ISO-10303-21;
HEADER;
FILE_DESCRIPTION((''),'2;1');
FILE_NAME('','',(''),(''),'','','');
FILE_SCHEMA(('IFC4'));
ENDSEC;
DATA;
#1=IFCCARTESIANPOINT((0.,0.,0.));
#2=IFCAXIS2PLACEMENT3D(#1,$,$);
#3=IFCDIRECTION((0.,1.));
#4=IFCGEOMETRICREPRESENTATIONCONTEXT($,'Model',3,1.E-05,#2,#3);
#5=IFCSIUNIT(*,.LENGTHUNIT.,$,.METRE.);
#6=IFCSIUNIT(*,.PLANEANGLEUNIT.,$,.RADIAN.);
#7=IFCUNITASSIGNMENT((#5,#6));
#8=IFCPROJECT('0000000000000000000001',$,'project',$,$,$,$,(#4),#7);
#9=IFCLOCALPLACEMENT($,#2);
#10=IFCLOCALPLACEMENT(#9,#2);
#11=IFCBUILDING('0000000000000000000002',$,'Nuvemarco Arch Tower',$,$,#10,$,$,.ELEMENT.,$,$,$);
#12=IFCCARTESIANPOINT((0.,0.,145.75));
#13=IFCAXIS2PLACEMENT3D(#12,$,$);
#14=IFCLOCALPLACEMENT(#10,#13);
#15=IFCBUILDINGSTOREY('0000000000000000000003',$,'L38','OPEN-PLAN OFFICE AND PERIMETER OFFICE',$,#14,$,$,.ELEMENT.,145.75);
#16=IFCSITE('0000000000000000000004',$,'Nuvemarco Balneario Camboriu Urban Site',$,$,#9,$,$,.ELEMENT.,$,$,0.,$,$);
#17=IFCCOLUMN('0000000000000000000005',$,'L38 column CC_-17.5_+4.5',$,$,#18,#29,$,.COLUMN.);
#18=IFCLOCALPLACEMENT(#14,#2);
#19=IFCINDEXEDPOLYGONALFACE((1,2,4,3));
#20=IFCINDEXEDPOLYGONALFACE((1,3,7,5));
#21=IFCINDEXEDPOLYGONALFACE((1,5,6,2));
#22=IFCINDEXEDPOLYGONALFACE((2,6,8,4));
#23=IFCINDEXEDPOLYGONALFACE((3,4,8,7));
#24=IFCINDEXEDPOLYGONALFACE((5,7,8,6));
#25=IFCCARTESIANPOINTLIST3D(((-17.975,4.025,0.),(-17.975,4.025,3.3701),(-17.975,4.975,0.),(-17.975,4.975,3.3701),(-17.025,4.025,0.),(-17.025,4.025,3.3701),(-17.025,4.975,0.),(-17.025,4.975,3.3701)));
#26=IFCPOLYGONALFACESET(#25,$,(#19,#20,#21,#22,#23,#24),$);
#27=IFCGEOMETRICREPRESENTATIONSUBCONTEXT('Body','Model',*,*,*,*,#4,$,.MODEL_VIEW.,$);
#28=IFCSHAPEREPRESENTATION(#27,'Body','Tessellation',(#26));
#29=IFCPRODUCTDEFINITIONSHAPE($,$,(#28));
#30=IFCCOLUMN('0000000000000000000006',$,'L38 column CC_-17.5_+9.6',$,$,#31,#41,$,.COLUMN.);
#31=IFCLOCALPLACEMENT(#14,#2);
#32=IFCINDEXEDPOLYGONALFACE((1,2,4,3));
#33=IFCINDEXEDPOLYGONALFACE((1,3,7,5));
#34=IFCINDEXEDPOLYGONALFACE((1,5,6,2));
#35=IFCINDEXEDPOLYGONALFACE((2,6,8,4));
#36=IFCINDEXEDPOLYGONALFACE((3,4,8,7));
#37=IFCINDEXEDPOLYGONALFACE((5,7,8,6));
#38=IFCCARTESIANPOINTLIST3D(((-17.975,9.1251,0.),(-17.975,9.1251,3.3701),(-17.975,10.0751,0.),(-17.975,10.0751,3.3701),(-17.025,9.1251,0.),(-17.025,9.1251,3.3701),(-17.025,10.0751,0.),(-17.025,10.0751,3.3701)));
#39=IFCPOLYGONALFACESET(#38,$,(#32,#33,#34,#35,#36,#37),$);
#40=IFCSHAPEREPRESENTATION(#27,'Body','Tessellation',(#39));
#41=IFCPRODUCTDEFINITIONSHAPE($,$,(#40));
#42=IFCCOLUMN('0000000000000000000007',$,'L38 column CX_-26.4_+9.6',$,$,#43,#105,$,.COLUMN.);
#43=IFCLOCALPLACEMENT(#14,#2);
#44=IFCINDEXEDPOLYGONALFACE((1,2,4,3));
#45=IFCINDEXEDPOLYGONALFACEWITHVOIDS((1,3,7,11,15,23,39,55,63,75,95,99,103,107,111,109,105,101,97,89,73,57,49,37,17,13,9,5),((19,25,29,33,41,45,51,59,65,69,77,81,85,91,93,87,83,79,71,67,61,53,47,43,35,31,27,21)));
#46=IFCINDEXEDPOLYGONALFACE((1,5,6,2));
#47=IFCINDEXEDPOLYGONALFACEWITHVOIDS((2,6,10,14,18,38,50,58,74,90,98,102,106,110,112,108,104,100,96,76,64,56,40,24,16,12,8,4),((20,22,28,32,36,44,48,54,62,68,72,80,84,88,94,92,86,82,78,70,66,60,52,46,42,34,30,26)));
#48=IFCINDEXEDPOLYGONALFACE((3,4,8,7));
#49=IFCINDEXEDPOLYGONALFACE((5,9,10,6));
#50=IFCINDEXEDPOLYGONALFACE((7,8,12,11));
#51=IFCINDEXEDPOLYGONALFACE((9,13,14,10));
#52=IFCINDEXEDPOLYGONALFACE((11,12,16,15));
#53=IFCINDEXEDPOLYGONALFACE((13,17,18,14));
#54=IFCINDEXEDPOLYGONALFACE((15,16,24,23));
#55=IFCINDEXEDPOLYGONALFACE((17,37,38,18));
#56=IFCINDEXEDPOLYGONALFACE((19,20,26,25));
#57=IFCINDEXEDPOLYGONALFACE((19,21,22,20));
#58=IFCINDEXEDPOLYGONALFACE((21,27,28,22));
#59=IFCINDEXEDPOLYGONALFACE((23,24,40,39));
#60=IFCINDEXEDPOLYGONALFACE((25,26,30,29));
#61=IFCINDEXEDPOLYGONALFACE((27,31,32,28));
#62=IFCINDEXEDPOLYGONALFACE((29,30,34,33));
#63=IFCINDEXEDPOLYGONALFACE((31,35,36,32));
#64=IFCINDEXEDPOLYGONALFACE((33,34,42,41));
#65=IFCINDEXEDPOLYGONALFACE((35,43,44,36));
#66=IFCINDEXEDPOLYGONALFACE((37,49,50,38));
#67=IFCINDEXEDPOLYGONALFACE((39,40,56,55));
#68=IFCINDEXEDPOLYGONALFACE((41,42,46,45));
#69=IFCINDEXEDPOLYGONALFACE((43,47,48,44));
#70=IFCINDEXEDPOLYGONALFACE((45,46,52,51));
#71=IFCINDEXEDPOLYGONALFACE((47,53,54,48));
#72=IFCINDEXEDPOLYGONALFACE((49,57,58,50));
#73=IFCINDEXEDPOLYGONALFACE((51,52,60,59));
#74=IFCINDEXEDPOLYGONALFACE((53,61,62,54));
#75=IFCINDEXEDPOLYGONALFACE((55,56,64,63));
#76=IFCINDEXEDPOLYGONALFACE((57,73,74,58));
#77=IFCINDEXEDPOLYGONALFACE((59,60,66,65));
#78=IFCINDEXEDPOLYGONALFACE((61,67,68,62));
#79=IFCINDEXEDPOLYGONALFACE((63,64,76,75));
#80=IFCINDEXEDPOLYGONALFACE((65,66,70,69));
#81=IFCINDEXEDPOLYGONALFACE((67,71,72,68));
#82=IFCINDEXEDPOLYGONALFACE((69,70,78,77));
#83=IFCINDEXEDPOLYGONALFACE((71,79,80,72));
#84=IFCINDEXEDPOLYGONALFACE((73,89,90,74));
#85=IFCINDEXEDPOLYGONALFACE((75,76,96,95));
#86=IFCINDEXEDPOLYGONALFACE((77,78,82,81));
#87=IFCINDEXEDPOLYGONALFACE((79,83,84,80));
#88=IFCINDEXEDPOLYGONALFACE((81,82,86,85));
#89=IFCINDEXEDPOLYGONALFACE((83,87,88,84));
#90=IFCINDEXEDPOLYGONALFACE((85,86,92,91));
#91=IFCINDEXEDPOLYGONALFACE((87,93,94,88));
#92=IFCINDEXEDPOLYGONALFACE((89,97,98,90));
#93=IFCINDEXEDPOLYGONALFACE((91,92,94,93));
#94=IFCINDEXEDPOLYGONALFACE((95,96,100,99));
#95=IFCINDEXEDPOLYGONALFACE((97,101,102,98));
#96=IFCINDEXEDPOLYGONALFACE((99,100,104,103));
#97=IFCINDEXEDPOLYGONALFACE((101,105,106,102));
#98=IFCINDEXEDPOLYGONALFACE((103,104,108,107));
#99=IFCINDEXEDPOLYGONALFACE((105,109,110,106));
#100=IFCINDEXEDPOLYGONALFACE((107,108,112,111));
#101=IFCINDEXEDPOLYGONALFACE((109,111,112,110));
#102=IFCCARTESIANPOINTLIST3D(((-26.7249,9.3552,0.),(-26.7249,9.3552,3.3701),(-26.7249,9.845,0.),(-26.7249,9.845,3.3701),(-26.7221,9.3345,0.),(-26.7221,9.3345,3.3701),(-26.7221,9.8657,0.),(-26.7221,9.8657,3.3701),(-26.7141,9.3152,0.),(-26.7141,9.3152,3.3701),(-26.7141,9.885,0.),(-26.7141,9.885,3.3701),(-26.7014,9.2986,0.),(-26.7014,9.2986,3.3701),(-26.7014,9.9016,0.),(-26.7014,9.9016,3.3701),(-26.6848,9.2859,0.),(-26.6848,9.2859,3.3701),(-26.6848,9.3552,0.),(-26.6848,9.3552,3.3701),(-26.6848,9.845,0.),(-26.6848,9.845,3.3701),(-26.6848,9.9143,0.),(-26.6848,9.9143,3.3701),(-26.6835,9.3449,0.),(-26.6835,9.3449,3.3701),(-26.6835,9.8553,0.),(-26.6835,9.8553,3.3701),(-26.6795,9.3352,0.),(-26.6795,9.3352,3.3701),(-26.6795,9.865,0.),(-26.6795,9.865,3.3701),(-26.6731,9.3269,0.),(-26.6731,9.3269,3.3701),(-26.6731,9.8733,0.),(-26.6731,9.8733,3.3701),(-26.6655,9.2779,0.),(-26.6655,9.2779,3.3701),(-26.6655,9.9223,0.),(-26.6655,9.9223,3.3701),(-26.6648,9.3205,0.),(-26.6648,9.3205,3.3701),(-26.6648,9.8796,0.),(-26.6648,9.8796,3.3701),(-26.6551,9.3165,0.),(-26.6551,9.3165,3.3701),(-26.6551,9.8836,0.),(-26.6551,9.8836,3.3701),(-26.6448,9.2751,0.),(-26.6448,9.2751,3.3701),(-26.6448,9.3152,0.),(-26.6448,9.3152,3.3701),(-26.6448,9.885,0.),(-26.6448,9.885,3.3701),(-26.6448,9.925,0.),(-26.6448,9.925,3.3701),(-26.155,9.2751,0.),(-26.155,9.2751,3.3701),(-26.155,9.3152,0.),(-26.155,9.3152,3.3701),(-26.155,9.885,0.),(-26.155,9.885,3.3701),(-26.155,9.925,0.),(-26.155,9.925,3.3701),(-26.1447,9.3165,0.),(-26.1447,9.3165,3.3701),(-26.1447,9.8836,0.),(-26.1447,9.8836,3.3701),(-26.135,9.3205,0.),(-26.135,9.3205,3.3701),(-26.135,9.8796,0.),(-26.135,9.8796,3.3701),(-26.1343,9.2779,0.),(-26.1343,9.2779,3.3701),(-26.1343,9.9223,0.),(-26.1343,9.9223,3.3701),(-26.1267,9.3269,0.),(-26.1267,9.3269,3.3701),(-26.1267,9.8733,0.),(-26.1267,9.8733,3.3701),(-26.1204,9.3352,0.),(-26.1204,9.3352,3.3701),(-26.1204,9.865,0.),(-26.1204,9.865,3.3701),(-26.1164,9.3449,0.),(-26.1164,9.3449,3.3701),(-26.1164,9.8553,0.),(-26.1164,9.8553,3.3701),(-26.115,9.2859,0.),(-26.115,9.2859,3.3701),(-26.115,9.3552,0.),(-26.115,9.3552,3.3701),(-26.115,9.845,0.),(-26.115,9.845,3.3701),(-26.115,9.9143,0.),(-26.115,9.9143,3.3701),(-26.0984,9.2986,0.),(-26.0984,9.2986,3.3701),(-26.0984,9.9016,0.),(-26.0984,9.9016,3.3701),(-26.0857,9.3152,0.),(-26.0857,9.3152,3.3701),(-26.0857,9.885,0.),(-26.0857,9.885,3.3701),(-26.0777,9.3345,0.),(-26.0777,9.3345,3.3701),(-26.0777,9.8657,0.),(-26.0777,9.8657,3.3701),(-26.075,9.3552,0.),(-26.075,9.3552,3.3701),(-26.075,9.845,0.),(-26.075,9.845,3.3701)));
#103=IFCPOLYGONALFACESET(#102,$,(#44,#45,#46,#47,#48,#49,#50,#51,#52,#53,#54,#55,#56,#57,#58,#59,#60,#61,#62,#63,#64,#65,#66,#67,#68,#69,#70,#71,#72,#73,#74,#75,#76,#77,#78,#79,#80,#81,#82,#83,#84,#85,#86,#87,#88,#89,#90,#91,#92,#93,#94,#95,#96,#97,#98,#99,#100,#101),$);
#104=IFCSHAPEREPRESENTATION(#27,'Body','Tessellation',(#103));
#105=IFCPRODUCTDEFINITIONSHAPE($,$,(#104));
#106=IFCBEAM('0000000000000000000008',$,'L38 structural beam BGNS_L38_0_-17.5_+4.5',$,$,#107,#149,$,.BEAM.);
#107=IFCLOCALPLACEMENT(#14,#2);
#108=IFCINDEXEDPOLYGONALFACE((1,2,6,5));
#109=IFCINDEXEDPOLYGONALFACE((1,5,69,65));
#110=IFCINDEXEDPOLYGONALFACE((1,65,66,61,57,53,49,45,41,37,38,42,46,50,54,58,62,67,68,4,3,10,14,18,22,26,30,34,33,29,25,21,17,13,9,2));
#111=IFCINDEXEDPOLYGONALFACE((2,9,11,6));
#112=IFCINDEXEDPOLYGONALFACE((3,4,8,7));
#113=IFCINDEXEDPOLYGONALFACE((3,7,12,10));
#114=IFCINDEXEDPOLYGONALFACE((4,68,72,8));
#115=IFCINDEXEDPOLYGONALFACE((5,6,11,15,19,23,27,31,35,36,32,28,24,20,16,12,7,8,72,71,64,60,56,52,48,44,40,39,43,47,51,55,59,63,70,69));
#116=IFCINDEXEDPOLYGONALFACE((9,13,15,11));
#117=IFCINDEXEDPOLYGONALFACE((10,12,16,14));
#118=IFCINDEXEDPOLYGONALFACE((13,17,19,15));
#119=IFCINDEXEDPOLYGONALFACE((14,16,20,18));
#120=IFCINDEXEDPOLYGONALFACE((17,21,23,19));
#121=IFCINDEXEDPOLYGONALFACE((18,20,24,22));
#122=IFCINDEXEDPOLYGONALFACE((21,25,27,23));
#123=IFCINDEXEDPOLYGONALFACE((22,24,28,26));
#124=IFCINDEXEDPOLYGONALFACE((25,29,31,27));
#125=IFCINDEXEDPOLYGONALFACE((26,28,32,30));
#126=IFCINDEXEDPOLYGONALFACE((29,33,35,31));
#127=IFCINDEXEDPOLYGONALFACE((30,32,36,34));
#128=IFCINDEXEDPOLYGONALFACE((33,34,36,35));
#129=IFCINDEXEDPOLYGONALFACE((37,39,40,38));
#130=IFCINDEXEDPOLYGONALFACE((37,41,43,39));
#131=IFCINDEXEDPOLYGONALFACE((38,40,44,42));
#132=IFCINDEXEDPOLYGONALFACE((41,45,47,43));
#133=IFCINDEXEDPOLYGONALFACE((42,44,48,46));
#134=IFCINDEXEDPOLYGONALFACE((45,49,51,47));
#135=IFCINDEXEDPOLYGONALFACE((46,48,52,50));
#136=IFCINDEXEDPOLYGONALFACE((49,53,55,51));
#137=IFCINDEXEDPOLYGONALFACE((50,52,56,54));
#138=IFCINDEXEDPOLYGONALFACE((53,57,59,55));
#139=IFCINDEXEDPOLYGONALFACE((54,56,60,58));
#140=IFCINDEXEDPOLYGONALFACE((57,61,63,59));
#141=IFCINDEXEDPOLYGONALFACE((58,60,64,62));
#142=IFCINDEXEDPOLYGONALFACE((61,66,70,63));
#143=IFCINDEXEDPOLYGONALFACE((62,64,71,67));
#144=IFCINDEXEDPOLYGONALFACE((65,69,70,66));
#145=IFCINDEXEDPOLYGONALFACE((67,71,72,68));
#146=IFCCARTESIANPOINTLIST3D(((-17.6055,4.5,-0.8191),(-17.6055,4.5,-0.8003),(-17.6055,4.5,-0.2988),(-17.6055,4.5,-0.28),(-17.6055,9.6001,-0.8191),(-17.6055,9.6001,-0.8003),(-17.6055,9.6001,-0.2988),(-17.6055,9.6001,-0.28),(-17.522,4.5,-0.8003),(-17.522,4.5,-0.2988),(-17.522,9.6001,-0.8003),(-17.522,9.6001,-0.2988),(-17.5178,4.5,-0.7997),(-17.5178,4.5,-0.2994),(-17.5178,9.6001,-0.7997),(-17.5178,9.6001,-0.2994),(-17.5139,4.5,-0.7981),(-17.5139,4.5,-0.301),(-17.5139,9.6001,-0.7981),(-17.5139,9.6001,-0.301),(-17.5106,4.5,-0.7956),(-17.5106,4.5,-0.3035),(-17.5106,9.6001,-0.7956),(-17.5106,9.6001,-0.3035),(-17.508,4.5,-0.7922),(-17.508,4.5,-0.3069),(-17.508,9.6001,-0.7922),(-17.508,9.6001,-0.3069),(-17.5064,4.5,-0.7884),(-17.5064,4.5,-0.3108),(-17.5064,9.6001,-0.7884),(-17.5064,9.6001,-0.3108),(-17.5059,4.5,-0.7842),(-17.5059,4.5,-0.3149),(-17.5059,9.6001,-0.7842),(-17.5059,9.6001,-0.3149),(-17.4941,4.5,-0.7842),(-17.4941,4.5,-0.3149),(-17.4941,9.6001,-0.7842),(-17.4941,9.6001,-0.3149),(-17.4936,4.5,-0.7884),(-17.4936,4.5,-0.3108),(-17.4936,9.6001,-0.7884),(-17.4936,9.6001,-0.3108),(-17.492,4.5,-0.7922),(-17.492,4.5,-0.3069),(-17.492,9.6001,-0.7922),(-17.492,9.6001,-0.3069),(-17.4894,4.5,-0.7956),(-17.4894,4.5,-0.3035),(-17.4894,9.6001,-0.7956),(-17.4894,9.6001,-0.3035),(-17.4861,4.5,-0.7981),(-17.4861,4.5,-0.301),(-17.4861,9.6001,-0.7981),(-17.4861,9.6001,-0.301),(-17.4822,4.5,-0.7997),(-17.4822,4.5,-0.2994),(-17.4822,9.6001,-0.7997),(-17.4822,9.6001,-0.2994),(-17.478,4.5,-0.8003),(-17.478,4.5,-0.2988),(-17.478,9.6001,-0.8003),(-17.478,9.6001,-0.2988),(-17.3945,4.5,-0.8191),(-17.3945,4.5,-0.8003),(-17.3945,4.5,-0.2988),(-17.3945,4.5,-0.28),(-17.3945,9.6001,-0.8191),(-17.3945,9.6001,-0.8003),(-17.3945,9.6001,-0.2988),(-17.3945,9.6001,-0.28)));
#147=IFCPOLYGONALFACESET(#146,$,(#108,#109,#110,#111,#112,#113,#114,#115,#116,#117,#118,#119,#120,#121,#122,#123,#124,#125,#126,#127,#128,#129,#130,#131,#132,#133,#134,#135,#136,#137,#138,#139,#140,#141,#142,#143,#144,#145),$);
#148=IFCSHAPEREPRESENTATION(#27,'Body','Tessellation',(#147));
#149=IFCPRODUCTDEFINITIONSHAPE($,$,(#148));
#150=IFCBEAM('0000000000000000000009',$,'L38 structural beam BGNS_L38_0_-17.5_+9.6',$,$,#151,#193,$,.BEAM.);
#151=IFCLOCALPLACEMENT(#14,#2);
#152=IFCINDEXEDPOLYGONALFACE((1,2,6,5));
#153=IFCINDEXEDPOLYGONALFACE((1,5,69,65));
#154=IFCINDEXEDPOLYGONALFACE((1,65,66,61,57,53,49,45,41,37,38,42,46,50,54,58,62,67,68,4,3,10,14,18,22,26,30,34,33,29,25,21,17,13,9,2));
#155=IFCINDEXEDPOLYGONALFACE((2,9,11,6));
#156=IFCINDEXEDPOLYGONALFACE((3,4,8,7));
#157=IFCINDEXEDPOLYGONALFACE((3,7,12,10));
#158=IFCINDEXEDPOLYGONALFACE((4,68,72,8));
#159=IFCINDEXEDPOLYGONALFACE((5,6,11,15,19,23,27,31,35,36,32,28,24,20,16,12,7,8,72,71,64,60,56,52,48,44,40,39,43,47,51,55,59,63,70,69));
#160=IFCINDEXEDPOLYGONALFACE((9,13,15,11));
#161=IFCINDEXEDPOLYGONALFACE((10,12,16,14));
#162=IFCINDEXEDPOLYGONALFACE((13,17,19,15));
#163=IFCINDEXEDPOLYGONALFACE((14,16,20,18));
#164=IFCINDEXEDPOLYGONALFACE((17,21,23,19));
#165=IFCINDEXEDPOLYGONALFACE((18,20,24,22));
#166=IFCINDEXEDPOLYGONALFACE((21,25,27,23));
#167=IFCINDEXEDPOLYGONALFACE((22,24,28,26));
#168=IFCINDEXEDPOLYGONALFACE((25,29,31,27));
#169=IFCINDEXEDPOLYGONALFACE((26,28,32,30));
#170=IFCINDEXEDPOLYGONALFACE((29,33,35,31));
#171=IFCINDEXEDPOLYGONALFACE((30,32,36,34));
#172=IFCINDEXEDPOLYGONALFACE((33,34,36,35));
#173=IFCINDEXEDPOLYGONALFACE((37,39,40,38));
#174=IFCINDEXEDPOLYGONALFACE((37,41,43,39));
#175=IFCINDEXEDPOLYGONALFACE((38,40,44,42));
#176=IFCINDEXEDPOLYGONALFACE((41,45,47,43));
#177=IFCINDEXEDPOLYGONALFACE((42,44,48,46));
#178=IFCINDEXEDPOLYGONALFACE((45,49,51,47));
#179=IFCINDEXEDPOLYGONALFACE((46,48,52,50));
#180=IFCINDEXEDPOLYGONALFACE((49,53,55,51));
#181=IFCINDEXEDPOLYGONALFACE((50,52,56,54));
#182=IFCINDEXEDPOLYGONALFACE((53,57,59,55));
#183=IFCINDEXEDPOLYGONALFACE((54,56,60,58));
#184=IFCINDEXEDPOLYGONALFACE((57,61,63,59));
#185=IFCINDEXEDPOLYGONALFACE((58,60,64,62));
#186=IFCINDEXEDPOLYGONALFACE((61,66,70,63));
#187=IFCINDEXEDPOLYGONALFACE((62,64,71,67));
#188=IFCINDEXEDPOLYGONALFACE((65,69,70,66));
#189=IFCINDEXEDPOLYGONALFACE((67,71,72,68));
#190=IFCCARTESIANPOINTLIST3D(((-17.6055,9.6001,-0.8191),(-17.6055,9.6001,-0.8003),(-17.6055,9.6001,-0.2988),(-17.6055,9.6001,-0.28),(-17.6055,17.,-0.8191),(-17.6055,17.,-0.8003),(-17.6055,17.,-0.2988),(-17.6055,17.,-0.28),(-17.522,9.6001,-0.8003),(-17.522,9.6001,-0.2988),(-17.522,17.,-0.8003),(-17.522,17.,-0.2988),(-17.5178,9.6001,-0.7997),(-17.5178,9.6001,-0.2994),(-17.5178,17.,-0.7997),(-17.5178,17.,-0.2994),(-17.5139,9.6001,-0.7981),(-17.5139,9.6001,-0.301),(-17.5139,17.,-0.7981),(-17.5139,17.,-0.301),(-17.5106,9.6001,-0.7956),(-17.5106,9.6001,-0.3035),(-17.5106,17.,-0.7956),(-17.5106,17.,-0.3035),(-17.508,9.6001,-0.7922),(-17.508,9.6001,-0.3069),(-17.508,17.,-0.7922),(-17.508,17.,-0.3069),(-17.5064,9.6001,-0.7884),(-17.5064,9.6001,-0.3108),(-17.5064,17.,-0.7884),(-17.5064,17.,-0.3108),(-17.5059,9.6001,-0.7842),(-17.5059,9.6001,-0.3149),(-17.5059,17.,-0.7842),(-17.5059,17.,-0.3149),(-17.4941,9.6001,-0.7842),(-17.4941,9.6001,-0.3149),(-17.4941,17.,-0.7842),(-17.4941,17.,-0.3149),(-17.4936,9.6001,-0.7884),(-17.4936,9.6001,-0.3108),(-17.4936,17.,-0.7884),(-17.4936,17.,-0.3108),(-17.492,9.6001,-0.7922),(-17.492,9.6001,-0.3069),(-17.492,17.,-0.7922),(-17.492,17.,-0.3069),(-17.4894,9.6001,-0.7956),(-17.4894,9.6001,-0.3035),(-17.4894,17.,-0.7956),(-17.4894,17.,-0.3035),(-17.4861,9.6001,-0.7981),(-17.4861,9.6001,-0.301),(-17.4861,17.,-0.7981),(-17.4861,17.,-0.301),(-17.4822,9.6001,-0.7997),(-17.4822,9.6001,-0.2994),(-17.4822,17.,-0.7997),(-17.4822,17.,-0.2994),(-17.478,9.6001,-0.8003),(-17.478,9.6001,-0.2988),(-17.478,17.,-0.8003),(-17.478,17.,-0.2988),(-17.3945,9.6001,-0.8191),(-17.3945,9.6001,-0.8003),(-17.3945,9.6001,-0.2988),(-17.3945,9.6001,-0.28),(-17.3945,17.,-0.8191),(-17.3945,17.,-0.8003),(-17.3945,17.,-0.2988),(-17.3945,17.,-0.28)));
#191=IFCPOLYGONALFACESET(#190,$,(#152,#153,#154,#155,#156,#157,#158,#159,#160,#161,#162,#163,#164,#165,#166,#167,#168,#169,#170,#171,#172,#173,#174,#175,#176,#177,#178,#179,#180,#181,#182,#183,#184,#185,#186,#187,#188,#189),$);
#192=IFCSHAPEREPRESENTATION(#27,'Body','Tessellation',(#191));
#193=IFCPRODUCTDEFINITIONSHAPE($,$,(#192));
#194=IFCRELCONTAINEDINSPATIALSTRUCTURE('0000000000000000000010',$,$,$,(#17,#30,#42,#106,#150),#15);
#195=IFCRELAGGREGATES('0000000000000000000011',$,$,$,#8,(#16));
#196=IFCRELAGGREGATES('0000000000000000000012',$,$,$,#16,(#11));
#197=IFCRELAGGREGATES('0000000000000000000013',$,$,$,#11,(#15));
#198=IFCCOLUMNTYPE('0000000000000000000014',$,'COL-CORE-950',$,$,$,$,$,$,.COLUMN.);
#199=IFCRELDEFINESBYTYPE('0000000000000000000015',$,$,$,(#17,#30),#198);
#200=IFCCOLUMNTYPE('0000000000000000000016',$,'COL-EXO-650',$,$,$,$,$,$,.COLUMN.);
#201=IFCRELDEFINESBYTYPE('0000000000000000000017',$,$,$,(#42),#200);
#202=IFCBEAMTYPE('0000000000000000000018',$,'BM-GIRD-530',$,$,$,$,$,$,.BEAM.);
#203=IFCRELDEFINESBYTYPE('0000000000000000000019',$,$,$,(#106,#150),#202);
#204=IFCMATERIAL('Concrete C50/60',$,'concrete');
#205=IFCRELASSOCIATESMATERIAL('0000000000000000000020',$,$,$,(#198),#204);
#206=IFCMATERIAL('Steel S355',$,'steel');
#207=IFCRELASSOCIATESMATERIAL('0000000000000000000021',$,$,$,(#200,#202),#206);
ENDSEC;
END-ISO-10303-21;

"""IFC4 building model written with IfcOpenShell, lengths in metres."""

from ifc_helpers import new_model, si_unit, direction, frame, origin, origin_2d, place, context, subcontext, project, spatial, rectangle, hollow_rectangle, i_section, extrude, material, material_profile, profile_set, type_object, element, save


model = new_model("IFC4")

# Units and contexts
model_context = context("Model", 3, precision=1e-05, world=origin(), true_north=direction((0.0, 1.0)))
body_context = subcontext(model_context, "Body", "Model", "MODEL_VIEW")
ifc_project = project(units=[si_unit("LENGTHUNIT", "METRE"), si_unit("PLANEANGLEUNIT", "RADIAN")], contexts=[model_context])

# Site, building, storey
site_placement = place(None, origin())
site = spatial("IfcSite", under=ifc_project, at=site_placement, Name="Nuvemarco Balneario Camboriu Urban Site", CompositionType="ELEMENT", RefElevation=0.0)
building_placement = place(site_placement, origin())
building = spatial("IfcBuilding", under=site, at=building_placement, Name="Nuvemarco Arch Tower", CompositionType="ELEMENT")
storey_placement = place(building_placement, frame((0.0, 0.0, 145.75)))
storey = spatial("IfcBuildingStorey", under=building, at=storey_placement, Name="L38", Description="OPEN-PLAN OFFICE AND PERIMETER OFFICE", CompositionType="ELEMENT", Elevation=145.75)

# Columns
ifc_material_1 = material(Name="Concrete C50/60", Category="concrete")
ifc_material_profile_1 = material_profile(ifc_material_1, rectangle(XDim=0.95, YDim=0.95, at=origin_2d()), Name="RC-COL-950x950")
ifc_profile_set_1 = profile_set([ifc_material_profile_1], Name="Concrete C50/60")
column_type_1 = type_object("IfcColumnType", Name="COL-CORE-950", PredefinedType="COLUMN", material=ifc_profile_set_1)
for number, where, z_axis, x_axis, name in (
    (1, (-17.5, 4.5, 0.0), (0.0, 0.0, 1.0), (1.0, 0.0, 0.0), "L38 column CC_-17.5_+4.5"),
    (2, (-17.5, 9.6001, 0.0), (0.0, 0.0, 1.0), (1.0, 0.0, 0.0), "L38 column CC_-17.5_+9.6"),
):
    element("IfcColumn", number, at=place(storey_placement, frame(where, z_axis=z_axis, x_axis=x_axis)), inside=storey, type_object=column_type_1, Name=name, PredefinedType="COLUMN", context=body_context, shape_type="SweptSolid", body=[
        extrude(rectangle(XDim=0.95, YDim=0.95, at=origin_2d()), origin(), (0.0, 0.0, 1.0), 3.3701),
    ])
ifc_material_2 = material(Name="Steel S355", Category="steel")
ifc_material_profile_2 = material_profile(ifc_material_2, hollow_rectangle(XDim=0.6499, YDim=0.6499, WallThickness=0.04, InnerFilletRadius=0.04, OuterFilletRadius=0.0801, at=origin_2d()), Name="SHS650x650x40")
ifc_profile_set_2 = profile_set([ifc_material_profile_2], Name="Steel S355")
column_type_2 = type_object("IfcColumnType", Name="COL-EXO-650", PredefinedType="COLUMN", material=ifc_profile_set_2)
column_placement = place(storey_placement, frame((-26.3999, 9.6001, 0.0), z_axis=(0.0, 0.0, 1.0), x_axis=(1.0, 0.0, 0.0)))
element("IfcColumn", 3, at=column_placement, inside=storey, type_object=column_type_2, Name="L38 column CX_-26.4_+9.6", PredefinedType="COLUMN", context=body_context, shape_type="SweptSolid", body=[
    extrude(hollow_rectangle(XDim=0.6499, YDim=0.6499, WallThickness=0.04, InnerFilletRadius=0.04, OuterFilletRadius=0.0801, at=origin_2d()), origin(), (0.0, 0.0, 1.0), 3.3701),
])

# Beams
ifc_material_profile_3 = material_profile(ifc_material_2, i_section(OverallWidth=0.2109, OverallDepth=0.5391, WebThickness=0.0117, FlangeThickness=0.0188, FilletRadius=0.0161, at=origin_2d()), Name="W530x109")
ifc_profile_set_3 = profile_set([ifc_material_profile_3], Name="Steel S355")
beam_type_1 = type_object("IfcBeamType", Name="BM-GIRD-530", PredefinedType="BEAM", material=ifc_profile_set_3)
beam_1_placement = place(storey_placement, frame((-17.5, 4.5, -0.5496), z_axis=(0.0, 1.0, 0.0), x_axis=(-1.0, 0.0, 0.0)))
element("IfcBeam", 4, at=beam_1_placement, inside=storey, type_object=beam_type_1, Name="L38 structural beam BGNS_L38_0_-17.5_+4.5", PredefinedType="BEAM", context=body_context, shape_type="SweptSolid", body=[
    extrude(i_section(OverallWidth=0.2109, OverallDepth=0.5391, WebThickness=0.0117, FlangeThickness=0.0188, FilletRadius=0.0161, at=origin_2d()), origin(), (0.0, 0.0, 1.0), 5.1001),
])
beam_2_placement = place(storey_placement, frame((-17.5, 9.6001, -0.5496), z_axis=(0.0, 1.0, 0.0), x_axis=(-1.0, 0.0, 0.0)))
element("IfcBeam", 5, at=beam_2_placement, inside=storey, type_object=beam_type_1, Name="L38 structural beam BGNS_L38_0_-17.5_+9.6", PredefinedType="BEAM", context=body_context, shape_type="SweptSolid", body=[
    extrude(i_section(OverallWidth=0.2109, OverallDepth=0.5391, WebThickness=0.0117, FlangeThickness=0.0188, FilletRadius=0.0161, at=origin_2d()), origin(), (0.0, 0.0, 1.0), 7.3999),
])

save(model, "model.ifc")
